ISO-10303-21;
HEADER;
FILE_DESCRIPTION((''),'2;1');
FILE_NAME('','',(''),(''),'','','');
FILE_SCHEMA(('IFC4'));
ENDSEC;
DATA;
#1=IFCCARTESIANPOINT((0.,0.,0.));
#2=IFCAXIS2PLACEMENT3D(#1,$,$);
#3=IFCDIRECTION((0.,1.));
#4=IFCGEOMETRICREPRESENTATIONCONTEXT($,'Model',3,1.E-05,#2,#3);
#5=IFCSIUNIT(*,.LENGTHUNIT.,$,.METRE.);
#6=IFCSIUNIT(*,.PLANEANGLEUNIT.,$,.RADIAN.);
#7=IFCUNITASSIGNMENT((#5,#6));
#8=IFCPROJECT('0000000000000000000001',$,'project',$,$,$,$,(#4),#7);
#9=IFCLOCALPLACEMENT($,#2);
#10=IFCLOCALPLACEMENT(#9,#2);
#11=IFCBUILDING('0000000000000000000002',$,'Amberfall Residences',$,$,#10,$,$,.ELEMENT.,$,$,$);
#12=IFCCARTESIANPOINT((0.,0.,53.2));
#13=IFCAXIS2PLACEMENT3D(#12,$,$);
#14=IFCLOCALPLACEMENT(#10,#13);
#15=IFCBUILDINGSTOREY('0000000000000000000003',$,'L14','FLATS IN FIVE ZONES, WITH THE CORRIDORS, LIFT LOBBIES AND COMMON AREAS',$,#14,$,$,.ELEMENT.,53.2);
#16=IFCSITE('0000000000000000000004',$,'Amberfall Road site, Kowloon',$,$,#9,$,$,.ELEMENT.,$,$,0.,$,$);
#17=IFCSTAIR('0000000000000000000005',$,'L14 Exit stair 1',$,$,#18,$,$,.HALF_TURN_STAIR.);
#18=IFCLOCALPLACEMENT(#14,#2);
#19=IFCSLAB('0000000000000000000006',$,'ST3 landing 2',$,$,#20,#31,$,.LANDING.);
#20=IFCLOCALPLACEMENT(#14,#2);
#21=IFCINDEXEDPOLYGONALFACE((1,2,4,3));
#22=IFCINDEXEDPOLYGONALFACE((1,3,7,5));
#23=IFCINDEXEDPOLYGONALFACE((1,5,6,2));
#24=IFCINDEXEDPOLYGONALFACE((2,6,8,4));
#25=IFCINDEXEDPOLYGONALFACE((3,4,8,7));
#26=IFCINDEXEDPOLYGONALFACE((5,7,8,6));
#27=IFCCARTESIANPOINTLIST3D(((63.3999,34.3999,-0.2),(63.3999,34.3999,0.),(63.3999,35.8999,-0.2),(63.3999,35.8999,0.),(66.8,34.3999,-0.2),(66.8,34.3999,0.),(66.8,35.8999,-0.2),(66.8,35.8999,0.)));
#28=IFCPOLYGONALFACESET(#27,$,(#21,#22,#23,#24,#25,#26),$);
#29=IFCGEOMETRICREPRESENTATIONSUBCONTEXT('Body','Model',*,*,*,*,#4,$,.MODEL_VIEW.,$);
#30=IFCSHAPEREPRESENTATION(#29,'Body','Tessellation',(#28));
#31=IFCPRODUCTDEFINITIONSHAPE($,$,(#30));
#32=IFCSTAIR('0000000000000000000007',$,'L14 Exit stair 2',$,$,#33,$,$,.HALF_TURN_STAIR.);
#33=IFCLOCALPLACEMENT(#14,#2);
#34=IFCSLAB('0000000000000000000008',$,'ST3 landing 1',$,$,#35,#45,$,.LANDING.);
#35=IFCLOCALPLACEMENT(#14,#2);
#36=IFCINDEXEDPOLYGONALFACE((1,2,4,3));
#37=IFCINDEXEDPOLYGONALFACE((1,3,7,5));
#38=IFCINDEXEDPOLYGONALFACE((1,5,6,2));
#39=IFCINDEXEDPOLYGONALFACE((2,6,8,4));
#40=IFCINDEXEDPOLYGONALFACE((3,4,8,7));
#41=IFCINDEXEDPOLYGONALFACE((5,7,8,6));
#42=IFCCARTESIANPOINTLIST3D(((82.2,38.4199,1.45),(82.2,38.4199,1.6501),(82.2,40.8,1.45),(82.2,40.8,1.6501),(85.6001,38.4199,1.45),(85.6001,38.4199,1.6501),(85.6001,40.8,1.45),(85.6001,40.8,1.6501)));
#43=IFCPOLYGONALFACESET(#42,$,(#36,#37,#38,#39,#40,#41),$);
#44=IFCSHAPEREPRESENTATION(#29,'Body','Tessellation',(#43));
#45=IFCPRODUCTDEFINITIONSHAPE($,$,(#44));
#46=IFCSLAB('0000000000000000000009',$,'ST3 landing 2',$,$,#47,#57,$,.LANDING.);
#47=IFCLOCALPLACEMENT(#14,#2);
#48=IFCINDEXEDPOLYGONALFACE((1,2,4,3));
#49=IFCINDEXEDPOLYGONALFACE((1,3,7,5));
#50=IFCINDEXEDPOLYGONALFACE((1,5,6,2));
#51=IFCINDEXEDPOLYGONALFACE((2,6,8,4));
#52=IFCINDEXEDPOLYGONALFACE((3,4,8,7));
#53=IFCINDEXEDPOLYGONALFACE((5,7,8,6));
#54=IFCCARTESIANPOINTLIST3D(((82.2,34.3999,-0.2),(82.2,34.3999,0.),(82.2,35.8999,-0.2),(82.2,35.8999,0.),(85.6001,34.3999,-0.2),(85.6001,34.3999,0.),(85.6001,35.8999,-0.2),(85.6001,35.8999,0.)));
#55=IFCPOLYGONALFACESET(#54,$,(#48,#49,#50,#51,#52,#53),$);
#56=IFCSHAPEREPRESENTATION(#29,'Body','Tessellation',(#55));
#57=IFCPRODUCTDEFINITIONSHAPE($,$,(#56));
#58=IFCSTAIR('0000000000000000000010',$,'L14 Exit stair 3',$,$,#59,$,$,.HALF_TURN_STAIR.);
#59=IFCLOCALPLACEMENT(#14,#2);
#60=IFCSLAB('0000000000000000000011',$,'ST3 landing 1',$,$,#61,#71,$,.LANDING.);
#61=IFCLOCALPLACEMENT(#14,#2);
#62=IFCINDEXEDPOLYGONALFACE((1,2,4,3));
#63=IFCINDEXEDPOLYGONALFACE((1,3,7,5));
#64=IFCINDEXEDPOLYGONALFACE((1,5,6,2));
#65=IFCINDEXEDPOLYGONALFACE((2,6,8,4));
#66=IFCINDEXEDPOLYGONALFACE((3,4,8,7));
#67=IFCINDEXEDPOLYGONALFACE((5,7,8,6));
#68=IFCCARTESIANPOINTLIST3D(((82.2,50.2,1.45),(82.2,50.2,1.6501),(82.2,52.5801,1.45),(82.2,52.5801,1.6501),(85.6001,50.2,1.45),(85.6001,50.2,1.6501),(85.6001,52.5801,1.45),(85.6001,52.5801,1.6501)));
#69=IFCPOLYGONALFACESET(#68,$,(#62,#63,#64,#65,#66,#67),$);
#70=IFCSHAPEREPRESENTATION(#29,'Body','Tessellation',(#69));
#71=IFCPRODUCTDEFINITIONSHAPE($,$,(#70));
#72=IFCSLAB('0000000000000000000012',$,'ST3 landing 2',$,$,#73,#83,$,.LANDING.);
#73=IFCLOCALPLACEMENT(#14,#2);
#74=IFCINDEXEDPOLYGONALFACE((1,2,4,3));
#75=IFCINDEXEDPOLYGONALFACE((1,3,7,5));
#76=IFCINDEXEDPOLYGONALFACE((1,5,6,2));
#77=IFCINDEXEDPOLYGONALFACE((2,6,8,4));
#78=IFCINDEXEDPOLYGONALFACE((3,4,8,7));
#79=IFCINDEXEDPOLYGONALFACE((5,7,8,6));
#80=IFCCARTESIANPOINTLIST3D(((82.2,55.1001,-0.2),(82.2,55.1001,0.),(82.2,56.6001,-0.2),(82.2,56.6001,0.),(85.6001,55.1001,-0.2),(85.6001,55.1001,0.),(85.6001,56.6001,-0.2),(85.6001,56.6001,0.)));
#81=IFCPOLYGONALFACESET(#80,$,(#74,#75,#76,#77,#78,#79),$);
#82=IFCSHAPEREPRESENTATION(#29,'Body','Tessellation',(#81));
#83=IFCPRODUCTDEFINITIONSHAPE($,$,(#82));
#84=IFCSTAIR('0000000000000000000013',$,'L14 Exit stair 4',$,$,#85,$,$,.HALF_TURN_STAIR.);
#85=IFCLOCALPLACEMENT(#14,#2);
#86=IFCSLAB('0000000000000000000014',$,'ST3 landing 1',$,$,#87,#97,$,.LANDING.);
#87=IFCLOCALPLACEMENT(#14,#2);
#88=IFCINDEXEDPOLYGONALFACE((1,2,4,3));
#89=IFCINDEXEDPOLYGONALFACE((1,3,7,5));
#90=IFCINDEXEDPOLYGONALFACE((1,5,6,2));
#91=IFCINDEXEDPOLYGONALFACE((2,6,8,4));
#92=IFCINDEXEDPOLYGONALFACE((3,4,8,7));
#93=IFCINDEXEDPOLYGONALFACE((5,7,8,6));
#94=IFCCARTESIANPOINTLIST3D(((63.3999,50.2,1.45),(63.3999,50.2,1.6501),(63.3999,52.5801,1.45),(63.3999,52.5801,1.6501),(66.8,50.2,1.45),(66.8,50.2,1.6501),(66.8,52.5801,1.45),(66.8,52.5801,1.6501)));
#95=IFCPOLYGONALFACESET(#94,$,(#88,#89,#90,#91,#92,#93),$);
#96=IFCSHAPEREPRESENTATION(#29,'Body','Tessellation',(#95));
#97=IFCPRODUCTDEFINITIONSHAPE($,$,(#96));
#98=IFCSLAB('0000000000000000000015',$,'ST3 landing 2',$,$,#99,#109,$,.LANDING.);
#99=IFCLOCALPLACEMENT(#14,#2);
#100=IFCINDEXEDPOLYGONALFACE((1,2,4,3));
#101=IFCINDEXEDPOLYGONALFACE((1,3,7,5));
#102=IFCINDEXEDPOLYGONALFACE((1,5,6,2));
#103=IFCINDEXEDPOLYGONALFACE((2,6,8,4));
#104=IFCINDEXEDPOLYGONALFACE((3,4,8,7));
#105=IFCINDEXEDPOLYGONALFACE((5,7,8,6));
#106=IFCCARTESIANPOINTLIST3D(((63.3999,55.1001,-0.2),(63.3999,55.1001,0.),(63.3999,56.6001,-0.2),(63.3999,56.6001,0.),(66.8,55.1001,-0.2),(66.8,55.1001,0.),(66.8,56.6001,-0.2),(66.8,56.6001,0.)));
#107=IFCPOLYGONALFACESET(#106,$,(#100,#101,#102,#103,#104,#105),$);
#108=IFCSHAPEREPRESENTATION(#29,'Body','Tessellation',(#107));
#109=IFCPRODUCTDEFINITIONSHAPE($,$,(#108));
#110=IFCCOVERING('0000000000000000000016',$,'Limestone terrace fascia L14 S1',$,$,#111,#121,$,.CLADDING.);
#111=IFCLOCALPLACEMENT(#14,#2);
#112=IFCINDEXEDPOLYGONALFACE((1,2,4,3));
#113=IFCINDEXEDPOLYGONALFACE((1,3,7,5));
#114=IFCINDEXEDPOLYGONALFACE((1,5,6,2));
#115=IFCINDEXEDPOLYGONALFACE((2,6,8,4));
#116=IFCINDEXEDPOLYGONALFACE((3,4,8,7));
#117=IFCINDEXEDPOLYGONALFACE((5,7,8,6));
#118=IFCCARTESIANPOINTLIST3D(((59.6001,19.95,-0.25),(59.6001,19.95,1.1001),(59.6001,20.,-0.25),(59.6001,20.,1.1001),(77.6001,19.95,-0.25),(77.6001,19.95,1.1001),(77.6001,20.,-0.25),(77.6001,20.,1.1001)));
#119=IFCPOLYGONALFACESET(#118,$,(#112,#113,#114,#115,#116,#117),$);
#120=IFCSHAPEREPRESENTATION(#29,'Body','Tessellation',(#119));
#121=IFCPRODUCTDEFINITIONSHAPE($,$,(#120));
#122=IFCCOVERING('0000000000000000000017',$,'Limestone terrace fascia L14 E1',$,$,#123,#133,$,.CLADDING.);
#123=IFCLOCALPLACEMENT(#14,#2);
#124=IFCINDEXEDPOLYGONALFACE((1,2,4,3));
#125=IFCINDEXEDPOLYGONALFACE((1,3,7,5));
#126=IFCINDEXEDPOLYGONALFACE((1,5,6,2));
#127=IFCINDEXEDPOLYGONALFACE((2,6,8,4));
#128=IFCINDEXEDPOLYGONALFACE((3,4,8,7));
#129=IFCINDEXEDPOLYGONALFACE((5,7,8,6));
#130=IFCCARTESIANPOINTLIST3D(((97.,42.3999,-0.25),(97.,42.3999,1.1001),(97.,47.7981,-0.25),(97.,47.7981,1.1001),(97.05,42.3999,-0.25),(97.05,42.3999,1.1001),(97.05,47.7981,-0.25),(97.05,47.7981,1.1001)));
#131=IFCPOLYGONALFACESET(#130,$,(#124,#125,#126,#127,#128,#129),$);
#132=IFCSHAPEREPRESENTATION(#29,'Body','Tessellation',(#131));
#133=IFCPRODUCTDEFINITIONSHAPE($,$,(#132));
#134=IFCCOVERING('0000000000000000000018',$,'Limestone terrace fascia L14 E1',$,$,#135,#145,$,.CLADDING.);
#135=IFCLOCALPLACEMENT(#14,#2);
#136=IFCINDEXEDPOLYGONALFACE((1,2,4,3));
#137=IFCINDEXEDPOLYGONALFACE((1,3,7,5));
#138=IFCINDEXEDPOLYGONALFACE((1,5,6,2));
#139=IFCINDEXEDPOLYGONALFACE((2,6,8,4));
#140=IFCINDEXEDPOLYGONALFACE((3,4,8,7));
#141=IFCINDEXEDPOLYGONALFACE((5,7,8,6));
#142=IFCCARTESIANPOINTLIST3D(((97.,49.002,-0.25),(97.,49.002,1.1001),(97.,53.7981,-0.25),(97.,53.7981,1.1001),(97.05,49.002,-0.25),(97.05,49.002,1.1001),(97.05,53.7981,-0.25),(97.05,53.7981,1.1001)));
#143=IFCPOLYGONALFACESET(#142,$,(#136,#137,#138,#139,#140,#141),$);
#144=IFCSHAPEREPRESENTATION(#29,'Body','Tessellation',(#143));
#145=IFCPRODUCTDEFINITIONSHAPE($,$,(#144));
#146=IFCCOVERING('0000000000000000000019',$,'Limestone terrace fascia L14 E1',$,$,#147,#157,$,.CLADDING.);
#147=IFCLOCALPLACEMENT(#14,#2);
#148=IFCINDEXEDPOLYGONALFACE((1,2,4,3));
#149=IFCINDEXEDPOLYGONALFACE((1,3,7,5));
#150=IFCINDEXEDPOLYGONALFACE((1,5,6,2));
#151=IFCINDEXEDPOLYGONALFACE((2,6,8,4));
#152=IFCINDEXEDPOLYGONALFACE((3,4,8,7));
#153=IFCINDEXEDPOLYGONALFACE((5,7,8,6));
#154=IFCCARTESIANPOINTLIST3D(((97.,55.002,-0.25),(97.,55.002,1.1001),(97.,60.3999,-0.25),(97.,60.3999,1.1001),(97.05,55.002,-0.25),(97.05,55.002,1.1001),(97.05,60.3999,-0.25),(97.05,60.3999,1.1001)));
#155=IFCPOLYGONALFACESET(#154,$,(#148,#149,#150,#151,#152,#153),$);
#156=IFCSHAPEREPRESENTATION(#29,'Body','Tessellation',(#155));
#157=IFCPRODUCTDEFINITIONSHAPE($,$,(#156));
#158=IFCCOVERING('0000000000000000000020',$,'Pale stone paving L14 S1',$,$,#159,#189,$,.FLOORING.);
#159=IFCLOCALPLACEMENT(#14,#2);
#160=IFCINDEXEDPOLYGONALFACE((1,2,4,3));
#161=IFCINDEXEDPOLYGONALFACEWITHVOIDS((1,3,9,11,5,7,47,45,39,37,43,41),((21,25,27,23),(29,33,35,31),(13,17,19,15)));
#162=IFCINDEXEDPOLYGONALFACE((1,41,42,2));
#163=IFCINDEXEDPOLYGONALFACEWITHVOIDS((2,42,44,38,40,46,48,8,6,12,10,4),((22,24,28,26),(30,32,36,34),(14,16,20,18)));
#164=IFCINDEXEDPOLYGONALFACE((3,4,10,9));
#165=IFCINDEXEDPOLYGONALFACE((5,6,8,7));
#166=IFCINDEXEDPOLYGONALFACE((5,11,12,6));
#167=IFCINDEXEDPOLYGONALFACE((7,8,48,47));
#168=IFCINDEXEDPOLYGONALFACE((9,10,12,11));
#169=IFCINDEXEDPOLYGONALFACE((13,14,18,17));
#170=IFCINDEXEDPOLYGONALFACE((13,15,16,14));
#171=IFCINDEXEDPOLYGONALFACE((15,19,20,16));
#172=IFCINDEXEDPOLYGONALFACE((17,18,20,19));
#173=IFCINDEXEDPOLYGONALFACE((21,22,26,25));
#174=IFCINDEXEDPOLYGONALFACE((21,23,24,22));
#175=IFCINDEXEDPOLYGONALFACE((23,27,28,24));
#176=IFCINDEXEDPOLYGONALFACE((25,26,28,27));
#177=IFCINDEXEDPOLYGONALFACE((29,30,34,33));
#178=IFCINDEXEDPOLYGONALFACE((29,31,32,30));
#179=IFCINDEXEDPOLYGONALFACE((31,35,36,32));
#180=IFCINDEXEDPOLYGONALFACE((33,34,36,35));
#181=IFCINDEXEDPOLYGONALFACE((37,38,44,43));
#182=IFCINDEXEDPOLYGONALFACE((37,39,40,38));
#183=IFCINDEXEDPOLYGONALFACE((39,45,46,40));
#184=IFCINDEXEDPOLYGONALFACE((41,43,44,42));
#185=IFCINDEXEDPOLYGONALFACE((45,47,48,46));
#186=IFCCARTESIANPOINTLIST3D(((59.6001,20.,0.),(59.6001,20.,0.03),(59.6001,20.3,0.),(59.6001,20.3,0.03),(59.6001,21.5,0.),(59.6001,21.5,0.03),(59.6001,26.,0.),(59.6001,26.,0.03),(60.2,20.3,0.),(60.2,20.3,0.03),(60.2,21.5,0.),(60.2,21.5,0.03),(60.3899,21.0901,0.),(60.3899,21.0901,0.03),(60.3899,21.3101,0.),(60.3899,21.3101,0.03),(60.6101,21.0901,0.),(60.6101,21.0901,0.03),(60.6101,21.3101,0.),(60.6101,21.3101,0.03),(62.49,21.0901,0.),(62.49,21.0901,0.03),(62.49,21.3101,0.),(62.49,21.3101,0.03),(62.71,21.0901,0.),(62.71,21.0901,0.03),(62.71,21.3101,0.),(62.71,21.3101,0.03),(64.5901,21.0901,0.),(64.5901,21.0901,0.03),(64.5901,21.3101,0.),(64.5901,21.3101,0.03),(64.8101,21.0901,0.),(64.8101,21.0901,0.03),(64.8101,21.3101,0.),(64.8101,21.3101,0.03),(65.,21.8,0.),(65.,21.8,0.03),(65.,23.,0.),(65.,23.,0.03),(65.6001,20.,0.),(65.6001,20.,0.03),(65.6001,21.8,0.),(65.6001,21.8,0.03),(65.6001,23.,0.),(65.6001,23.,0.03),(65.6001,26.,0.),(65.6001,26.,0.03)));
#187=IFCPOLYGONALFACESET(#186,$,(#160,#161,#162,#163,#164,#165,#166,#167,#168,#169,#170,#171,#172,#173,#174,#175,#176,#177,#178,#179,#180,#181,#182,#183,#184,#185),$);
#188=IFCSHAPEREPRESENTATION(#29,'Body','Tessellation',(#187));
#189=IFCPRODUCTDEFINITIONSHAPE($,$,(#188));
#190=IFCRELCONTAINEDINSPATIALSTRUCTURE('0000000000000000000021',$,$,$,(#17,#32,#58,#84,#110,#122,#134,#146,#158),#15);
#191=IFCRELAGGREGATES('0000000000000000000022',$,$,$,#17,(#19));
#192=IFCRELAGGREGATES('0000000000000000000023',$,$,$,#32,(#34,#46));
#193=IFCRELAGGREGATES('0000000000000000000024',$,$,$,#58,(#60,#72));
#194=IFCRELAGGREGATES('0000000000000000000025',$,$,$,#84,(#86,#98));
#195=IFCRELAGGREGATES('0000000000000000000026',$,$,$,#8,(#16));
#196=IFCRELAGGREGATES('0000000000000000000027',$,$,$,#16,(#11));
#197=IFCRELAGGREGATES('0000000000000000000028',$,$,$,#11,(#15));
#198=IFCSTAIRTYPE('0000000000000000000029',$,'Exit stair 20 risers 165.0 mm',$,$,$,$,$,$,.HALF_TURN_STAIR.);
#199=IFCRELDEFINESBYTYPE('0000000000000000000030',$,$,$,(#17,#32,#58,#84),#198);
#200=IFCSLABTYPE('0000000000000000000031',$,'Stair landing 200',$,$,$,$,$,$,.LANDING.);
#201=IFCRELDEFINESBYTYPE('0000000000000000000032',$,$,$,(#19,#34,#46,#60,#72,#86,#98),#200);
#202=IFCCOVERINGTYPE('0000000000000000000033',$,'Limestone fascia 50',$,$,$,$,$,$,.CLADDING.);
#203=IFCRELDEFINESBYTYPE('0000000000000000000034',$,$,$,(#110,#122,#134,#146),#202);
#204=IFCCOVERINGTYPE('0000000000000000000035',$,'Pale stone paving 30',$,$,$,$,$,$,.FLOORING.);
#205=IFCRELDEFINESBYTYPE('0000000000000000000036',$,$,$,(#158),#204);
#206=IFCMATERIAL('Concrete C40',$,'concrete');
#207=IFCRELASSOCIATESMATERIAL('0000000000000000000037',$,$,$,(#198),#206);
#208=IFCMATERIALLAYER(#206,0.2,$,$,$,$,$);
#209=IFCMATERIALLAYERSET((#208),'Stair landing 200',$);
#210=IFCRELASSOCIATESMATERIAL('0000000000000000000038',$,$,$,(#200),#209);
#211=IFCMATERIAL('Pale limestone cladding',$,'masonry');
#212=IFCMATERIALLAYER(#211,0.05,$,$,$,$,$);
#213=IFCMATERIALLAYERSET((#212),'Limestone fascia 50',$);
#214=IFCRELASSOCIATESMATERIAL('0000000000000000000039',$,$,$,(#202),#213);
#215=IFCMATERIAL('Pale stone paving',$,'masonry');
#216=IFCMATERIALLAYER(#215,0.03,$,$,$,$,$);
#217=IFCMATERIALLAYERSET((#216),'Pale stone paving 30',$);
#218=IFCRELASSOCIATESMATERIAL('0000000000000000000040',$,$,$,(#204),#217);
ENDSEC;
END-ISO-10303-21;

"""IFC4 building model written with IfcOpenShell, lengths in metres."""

from ifc_helpers import new_model, si_unit, direction, frame, origin, place, context, subcontext, project, spatial, polyline, outline, extrude, material, layer, layer_set, type_object, element, aggregate, save


model = new_model("IFC4")

# Units and contexts
model_context = context("Model", 3, precision=1e-05, world=origin(), true_north=direction((0.0, 1.0)))
body_context = subcontext(model_context, "Body", "Model", "MODEL_VIEW")
ifc_project = project(units=[si_unit("LENGTHUNIT", "METRE"), si_unit("PLANEANGLEUNIT", "RADIAN")], contexts=[model_context])

# Site, building, storey
site_placement = place(None, origin())
site = spatial("IfcSite", under=ifc_project, at=site_placement, Name="Amberfall Road site, Kowloon", CompositionType="ELEMENT", RefElevation=0.0)
building_placement = place(site_placement, origin())
building = spatial("IfcBuilding", under=site, at=building_placement, Name="Amberfall Residences", CompositionType="ELEMENT")
storey_placement = place(building_placement, frame((0.0, 0.0, 53.2)))
storey = spatial("IfcBuildingStorey", under=building, at=storey_placement, Name="L14", Description="FLATS IN FIVE ZONES, WITH THE CORRIDORS, LIFT LOBBIES AND COMMON AREAS", CompositionType="ELEMENT", Elevation=53.2)

# Stairs, slabs
ifc_material_1 = material(Name="Concrete C40", Category="concrete")
stair_type = type_object("IfcStairType", Name="Exit stair 20 risers 165.0 mm", PredefinedType="HALF_TURN_STAIR", material=ifc_material_1)
stair_1_placement = place(storey_placement, origin())
stair_1 = element("IfcStair", 1, at=stair_1_placement, inside=storey, type_object=stair_type, Name="L14 Exit stair 1", PredefinedType="HALF_TURN_STAIR")
ifc_layer_1 = layer(ifc_material_1, 0.2)
ifc_layer_set_1 = layer_set([ifc_layer_1], Name="Stair landing 200")
slab_type_1 = type_object("IfcSlabType", Name="Stair landing 200", PredefinedType="LANDING", material=ifc_layer_set_1)
slab_1_placement = place(storey_placement, frame((0.0, 0.0, -0.2)))
slab_1 = element("IfcSlab", 2, at=slab_1_placement, type_object=slab_type_1, Name="ST3 landing 2", PredefinedType="LANDING", context=body_context, shape_type="SweptSolid", body=[
    extrude(outline(polyline([(66.8, 34.3999), (66.8, 35.8999), (63.3999, 35.8999), (63.3999, 34.3999), (66.8, 34.3999)])), origin(), (0.0, 0.0, 1.0), 0.2),
])
aggregate(stair_1, [slab_1])
stair_2_placement = place(storey_placement, origin())
stair_2 = element("IfcStair", 3, at=stair_2_placement, inside=storey, type_object=stair_type, Name="L14 Exit stair 2", PredefinedType="HALF_TURN_STAIR")
slab_2_placement = place(storey_placement, frame((0.0, 0.0, 1.45)))
slab_2 = element("IfcSlab", 4, at=slab_2_placement, type_object=slab_type_1, Name="ST3 landing 1", PredefinedType="LANDING", context=body_context, shape_type="SweptSolid", body=[
    extrude(outline(polyline([(85.6001, 38.4199), (85.6001, 40.8), (82.2, 40.8), (82.2, 38.4199), (85.6001, 38.4199)])), origin(), (0.0, 0.0, 1.0), 0.2002),
])
slab_3_placement = place(storey_placement, frame((0.0, 0.0, -0.2)))
slab_3 = element("IfcSlab", 5, at=slab_3_placement, type_object=slab_type_1, Name="ST3 landing 2", PredefinedType="LANDING", context=body_context, shape_type="SweptSolid", body=[
    extrude(outline(polyline([(85.6001, 34.3999), (85.6001, 35.8999), (82.2, 35.8999), (82.2, 34.3999), (85.6001, 34.3999)])), origin(), (0.0, 0.0, 1.0), 0.2),
])
aggregate(stair_2, [slab_2, slab_3])
stair_3_placement = place(storey_placement, origin())
stair_3 = element("IfcStair", 6, at=stair_3_placement, inside=storey, type_object=stair_type, Name="L14 Exit stair 3", PredefinedType="HALF_TURN_STAIR")
slab_4_placement = place(storey_placement, frame((0.0, 0.0, 1.45)))
slab_4 = element("IfcSlab", 7, at=slab_4_placement, type_object=slab_type_1, Name="ST3 landing 1", PredefinedType="LANDING", context=body_context, shape_type="SweptSolid", body=[
    extrude(outline(polyline([(82.2, 52.5801), (82.2, 50.2), (85.6001, 50.2), (85.6001, 52.5801), (82.2, 52.5801)])), origin(), (0.0, 0.0, 1.0), 0.2002),
])
slab_5_placement = place(storey_placement, frame((0.0, 0.0, -0.2)))
slab_5 = element("IfcSlab", 8, at=slab_5_placement, type_object=slab_type_1, Name="ST3 landing 2", PredefinedType="LANDING", context=body_context, shape_type="SweptSolid", body=[
    extrude(outline(polyline([(82.2, 56.6001), (82.2, 55.1001), (85.6001, 55.1001), (85.6001, 56.6001), (82.2, 56.6001)])), origin(), (0.0, 0.0, 1.0), 0.2),
])
aggregate(stair_3, [slab_4, slab_5])
stair_4_placement = place(storey_placement, origin())
stair_4 = element("IfcStair", 9, at=stair_4_placement, inside=storey, type_object=stair_type, Name="L14 Exit stair 4", PredefinedType="HALF_TURN_STAIR")
slab_6_placement = place(storey_placement, frame((0.0, 0.0, 1.45)))
slab_6 = element("IfcSlab", 10, at=slab_6_placement, type_object=slab_type_1, Name="ST3 landing 1", PredefinedType="LANDING", context=body_context, shape_type="SweptSolid", body=[
    extrude(outline(polyline([(63.3999, 52.5801), (63.3999, 50.2), (66.8, 50.2), (66.8, 52.5801), (63.3999, 52.5801)])), origin(), (0.0, 0.0, 1.0), 0.2002),
])
slab_7_placement = place(storey_placement, frame((0.0, 0.0, -0.2)))
slab_7 = element("IfcSlab", 11, at=slab_7_placement, type_object=slab_type_1, Name="ST3 landing 2", PredefinedType="LANDING", context=body_context, shape_type="SweptSolid", body=[
    extrude(outline(polyline([(63.3999, 56.6001), (63.3999, 55.1001), (66.8, 55.1001), (66.8, 56.6001), (63.3999, 56.6001)])), origin(), (0.0, 0.0, 1.0), 0.2),
])
aggregate(stair_4, [slab_6, slab_7])

# Coverings
ifc_material_2 = material(Name="Pale limestone cladding", Category="masonry")
ifc_layer_2 = layer(ifc_material_2, 0.05)
ifc_layer_set_2 = layer_set([ifc_layer_2], Name="Limestone fascia 50")
covering_type_1 = type_object("IfcCoveringType", Name="Limestone fascia 50", PredefinedType="CLADDING", material=ifc_layer_set_2)
covering_1_placement = place(storey_placement, frame((0.0, 0.0, -0.25)))
element("IfcCovering", 12, at=covering_1_placement, inside=storey, type_object=covering_type_1, Name="Limestone terrace fascia L14 S1", PredefinedType="CLADDING", context=body_context, shape_type="SweptSolid", body=[
    extrude(outline(polyline([(59.6001, 20.0), (77.6001, 20.0), (77.6001, 19.95), (59.6001, 19.95), (59.6001, 20.0)])), origin(), (0.0, 0.0, 1.0), 1.3501),
])
covering_2_placement = place(storey_placement, frame((0.0, 0.0, -0.25)))
element("IfcCovering", 13, at=covering_2_placement, inside=storey, type_object=covering_type_1, Name="Limestone terrace fascia L14 E1", PredefinedType="CLADDING", context=body_context, shape_type="SweptSolid", body=[
    extrude(outline(polyline([(97.0, 42.3999), (97.0, 47.7981), (97.05, 47.7981), (97.05, 42.3999), (97.0, 42.3999)])), origin(), (0.0, 0.0, 1.0), 1.3501),
])
covering_3_placement = place(storey_placement, frame((0.0, 0.0, -0.25)))
element("IfcCovering", 14, at=covering_3_placement, inside=storey, type_object=covering_type_1, Name="Limestone terrace fascia L14 E1", PredefinedType="CLADDING", context=body_context, shape_type="SweptSolid", body=[
    extrude(outline(polyline([(97.0, 49.002), (97.0, 53.7981), (97.05, 53.7981), (97.05, 49.002), (97.0, 49.002)])), origin(), (0.0, 0.0, 1.0), 1.3501),
])
covering_4_placement = place(storey_placement, frame((0.0, 0.0, -0.25)))
element("IfcCovering", 15, at=covering_4_placement, inside=storey, type_object=covering_type_1, Name="Limestone terrace fascia L14 E1", PredefinedType="CLADDING", context=body_context, shape_type="SweptSolid", body=[
    extrude(outline(polyline([(97.0, 55.002), (97.0, 60.3999), (97.05, 60.3999), (97.05, 55.002), (97.0, 55.002)])), origin(), (0.0, 0.0, 1.0), 1.3501),
])
ifc_material_3 = material(Name="Pale stone paving", Category="masonry")
ifc_layer_3 = layer(ifc_material_3, 0.03)
ifc_layer_set_3 = layer_set([ifc_layer_3], Name="Pale stone paving 30")
covering_type_2 = type_object("IfcCoveringType", Name="Pale stone paving 30", PredefinedType="FLOORING", material=ifc_layer_set_3)
covering_5_placement = place(storey_placement, origin())
element("IfcCovering", 16, at=covering_5_placement, inside=storey, type_object=covering_type_2, Name="Pale stone paving L14 S1", PredefinedType="FLOORING", context=body_context, shape_type="SweptSolid", body=[
    extrude(outline(polyline([(65.6001, 20.0), (65.6001, 21.8), (65.0, 21.8), (65.0, 23.0), (65.6001, 23.0), (65.6001, 26.0), (59.6001, 26.0), (59.6001, 21.5), (60.2, 21.5), (60.2, 20.3), (59.6001, 20.3), (59.6001, 20.0), (65.6001, 20.0)]), holes=[polyline([(60.3899, 21.0901), (60.6101, 21.0901), (60.6101, 21.3101), (60.3899, 21.3101), (60.3899, 21.0901)]), polyline([(62.49, 21.0901), (62.71, 21.0901), (62.71, 21.3101), (62.49, 21.3101), (62.49, 21.0901)]), polyline([(64.5901, 21.0901), (64.8101, 21.0901), (64.8101, 21.3101), (64.5901, 21.3101), (64.5901, 21.0901)])]), origin(), (0.0, 0.0, 1.0), 0.03),
])

save(model, "model.ifc")
